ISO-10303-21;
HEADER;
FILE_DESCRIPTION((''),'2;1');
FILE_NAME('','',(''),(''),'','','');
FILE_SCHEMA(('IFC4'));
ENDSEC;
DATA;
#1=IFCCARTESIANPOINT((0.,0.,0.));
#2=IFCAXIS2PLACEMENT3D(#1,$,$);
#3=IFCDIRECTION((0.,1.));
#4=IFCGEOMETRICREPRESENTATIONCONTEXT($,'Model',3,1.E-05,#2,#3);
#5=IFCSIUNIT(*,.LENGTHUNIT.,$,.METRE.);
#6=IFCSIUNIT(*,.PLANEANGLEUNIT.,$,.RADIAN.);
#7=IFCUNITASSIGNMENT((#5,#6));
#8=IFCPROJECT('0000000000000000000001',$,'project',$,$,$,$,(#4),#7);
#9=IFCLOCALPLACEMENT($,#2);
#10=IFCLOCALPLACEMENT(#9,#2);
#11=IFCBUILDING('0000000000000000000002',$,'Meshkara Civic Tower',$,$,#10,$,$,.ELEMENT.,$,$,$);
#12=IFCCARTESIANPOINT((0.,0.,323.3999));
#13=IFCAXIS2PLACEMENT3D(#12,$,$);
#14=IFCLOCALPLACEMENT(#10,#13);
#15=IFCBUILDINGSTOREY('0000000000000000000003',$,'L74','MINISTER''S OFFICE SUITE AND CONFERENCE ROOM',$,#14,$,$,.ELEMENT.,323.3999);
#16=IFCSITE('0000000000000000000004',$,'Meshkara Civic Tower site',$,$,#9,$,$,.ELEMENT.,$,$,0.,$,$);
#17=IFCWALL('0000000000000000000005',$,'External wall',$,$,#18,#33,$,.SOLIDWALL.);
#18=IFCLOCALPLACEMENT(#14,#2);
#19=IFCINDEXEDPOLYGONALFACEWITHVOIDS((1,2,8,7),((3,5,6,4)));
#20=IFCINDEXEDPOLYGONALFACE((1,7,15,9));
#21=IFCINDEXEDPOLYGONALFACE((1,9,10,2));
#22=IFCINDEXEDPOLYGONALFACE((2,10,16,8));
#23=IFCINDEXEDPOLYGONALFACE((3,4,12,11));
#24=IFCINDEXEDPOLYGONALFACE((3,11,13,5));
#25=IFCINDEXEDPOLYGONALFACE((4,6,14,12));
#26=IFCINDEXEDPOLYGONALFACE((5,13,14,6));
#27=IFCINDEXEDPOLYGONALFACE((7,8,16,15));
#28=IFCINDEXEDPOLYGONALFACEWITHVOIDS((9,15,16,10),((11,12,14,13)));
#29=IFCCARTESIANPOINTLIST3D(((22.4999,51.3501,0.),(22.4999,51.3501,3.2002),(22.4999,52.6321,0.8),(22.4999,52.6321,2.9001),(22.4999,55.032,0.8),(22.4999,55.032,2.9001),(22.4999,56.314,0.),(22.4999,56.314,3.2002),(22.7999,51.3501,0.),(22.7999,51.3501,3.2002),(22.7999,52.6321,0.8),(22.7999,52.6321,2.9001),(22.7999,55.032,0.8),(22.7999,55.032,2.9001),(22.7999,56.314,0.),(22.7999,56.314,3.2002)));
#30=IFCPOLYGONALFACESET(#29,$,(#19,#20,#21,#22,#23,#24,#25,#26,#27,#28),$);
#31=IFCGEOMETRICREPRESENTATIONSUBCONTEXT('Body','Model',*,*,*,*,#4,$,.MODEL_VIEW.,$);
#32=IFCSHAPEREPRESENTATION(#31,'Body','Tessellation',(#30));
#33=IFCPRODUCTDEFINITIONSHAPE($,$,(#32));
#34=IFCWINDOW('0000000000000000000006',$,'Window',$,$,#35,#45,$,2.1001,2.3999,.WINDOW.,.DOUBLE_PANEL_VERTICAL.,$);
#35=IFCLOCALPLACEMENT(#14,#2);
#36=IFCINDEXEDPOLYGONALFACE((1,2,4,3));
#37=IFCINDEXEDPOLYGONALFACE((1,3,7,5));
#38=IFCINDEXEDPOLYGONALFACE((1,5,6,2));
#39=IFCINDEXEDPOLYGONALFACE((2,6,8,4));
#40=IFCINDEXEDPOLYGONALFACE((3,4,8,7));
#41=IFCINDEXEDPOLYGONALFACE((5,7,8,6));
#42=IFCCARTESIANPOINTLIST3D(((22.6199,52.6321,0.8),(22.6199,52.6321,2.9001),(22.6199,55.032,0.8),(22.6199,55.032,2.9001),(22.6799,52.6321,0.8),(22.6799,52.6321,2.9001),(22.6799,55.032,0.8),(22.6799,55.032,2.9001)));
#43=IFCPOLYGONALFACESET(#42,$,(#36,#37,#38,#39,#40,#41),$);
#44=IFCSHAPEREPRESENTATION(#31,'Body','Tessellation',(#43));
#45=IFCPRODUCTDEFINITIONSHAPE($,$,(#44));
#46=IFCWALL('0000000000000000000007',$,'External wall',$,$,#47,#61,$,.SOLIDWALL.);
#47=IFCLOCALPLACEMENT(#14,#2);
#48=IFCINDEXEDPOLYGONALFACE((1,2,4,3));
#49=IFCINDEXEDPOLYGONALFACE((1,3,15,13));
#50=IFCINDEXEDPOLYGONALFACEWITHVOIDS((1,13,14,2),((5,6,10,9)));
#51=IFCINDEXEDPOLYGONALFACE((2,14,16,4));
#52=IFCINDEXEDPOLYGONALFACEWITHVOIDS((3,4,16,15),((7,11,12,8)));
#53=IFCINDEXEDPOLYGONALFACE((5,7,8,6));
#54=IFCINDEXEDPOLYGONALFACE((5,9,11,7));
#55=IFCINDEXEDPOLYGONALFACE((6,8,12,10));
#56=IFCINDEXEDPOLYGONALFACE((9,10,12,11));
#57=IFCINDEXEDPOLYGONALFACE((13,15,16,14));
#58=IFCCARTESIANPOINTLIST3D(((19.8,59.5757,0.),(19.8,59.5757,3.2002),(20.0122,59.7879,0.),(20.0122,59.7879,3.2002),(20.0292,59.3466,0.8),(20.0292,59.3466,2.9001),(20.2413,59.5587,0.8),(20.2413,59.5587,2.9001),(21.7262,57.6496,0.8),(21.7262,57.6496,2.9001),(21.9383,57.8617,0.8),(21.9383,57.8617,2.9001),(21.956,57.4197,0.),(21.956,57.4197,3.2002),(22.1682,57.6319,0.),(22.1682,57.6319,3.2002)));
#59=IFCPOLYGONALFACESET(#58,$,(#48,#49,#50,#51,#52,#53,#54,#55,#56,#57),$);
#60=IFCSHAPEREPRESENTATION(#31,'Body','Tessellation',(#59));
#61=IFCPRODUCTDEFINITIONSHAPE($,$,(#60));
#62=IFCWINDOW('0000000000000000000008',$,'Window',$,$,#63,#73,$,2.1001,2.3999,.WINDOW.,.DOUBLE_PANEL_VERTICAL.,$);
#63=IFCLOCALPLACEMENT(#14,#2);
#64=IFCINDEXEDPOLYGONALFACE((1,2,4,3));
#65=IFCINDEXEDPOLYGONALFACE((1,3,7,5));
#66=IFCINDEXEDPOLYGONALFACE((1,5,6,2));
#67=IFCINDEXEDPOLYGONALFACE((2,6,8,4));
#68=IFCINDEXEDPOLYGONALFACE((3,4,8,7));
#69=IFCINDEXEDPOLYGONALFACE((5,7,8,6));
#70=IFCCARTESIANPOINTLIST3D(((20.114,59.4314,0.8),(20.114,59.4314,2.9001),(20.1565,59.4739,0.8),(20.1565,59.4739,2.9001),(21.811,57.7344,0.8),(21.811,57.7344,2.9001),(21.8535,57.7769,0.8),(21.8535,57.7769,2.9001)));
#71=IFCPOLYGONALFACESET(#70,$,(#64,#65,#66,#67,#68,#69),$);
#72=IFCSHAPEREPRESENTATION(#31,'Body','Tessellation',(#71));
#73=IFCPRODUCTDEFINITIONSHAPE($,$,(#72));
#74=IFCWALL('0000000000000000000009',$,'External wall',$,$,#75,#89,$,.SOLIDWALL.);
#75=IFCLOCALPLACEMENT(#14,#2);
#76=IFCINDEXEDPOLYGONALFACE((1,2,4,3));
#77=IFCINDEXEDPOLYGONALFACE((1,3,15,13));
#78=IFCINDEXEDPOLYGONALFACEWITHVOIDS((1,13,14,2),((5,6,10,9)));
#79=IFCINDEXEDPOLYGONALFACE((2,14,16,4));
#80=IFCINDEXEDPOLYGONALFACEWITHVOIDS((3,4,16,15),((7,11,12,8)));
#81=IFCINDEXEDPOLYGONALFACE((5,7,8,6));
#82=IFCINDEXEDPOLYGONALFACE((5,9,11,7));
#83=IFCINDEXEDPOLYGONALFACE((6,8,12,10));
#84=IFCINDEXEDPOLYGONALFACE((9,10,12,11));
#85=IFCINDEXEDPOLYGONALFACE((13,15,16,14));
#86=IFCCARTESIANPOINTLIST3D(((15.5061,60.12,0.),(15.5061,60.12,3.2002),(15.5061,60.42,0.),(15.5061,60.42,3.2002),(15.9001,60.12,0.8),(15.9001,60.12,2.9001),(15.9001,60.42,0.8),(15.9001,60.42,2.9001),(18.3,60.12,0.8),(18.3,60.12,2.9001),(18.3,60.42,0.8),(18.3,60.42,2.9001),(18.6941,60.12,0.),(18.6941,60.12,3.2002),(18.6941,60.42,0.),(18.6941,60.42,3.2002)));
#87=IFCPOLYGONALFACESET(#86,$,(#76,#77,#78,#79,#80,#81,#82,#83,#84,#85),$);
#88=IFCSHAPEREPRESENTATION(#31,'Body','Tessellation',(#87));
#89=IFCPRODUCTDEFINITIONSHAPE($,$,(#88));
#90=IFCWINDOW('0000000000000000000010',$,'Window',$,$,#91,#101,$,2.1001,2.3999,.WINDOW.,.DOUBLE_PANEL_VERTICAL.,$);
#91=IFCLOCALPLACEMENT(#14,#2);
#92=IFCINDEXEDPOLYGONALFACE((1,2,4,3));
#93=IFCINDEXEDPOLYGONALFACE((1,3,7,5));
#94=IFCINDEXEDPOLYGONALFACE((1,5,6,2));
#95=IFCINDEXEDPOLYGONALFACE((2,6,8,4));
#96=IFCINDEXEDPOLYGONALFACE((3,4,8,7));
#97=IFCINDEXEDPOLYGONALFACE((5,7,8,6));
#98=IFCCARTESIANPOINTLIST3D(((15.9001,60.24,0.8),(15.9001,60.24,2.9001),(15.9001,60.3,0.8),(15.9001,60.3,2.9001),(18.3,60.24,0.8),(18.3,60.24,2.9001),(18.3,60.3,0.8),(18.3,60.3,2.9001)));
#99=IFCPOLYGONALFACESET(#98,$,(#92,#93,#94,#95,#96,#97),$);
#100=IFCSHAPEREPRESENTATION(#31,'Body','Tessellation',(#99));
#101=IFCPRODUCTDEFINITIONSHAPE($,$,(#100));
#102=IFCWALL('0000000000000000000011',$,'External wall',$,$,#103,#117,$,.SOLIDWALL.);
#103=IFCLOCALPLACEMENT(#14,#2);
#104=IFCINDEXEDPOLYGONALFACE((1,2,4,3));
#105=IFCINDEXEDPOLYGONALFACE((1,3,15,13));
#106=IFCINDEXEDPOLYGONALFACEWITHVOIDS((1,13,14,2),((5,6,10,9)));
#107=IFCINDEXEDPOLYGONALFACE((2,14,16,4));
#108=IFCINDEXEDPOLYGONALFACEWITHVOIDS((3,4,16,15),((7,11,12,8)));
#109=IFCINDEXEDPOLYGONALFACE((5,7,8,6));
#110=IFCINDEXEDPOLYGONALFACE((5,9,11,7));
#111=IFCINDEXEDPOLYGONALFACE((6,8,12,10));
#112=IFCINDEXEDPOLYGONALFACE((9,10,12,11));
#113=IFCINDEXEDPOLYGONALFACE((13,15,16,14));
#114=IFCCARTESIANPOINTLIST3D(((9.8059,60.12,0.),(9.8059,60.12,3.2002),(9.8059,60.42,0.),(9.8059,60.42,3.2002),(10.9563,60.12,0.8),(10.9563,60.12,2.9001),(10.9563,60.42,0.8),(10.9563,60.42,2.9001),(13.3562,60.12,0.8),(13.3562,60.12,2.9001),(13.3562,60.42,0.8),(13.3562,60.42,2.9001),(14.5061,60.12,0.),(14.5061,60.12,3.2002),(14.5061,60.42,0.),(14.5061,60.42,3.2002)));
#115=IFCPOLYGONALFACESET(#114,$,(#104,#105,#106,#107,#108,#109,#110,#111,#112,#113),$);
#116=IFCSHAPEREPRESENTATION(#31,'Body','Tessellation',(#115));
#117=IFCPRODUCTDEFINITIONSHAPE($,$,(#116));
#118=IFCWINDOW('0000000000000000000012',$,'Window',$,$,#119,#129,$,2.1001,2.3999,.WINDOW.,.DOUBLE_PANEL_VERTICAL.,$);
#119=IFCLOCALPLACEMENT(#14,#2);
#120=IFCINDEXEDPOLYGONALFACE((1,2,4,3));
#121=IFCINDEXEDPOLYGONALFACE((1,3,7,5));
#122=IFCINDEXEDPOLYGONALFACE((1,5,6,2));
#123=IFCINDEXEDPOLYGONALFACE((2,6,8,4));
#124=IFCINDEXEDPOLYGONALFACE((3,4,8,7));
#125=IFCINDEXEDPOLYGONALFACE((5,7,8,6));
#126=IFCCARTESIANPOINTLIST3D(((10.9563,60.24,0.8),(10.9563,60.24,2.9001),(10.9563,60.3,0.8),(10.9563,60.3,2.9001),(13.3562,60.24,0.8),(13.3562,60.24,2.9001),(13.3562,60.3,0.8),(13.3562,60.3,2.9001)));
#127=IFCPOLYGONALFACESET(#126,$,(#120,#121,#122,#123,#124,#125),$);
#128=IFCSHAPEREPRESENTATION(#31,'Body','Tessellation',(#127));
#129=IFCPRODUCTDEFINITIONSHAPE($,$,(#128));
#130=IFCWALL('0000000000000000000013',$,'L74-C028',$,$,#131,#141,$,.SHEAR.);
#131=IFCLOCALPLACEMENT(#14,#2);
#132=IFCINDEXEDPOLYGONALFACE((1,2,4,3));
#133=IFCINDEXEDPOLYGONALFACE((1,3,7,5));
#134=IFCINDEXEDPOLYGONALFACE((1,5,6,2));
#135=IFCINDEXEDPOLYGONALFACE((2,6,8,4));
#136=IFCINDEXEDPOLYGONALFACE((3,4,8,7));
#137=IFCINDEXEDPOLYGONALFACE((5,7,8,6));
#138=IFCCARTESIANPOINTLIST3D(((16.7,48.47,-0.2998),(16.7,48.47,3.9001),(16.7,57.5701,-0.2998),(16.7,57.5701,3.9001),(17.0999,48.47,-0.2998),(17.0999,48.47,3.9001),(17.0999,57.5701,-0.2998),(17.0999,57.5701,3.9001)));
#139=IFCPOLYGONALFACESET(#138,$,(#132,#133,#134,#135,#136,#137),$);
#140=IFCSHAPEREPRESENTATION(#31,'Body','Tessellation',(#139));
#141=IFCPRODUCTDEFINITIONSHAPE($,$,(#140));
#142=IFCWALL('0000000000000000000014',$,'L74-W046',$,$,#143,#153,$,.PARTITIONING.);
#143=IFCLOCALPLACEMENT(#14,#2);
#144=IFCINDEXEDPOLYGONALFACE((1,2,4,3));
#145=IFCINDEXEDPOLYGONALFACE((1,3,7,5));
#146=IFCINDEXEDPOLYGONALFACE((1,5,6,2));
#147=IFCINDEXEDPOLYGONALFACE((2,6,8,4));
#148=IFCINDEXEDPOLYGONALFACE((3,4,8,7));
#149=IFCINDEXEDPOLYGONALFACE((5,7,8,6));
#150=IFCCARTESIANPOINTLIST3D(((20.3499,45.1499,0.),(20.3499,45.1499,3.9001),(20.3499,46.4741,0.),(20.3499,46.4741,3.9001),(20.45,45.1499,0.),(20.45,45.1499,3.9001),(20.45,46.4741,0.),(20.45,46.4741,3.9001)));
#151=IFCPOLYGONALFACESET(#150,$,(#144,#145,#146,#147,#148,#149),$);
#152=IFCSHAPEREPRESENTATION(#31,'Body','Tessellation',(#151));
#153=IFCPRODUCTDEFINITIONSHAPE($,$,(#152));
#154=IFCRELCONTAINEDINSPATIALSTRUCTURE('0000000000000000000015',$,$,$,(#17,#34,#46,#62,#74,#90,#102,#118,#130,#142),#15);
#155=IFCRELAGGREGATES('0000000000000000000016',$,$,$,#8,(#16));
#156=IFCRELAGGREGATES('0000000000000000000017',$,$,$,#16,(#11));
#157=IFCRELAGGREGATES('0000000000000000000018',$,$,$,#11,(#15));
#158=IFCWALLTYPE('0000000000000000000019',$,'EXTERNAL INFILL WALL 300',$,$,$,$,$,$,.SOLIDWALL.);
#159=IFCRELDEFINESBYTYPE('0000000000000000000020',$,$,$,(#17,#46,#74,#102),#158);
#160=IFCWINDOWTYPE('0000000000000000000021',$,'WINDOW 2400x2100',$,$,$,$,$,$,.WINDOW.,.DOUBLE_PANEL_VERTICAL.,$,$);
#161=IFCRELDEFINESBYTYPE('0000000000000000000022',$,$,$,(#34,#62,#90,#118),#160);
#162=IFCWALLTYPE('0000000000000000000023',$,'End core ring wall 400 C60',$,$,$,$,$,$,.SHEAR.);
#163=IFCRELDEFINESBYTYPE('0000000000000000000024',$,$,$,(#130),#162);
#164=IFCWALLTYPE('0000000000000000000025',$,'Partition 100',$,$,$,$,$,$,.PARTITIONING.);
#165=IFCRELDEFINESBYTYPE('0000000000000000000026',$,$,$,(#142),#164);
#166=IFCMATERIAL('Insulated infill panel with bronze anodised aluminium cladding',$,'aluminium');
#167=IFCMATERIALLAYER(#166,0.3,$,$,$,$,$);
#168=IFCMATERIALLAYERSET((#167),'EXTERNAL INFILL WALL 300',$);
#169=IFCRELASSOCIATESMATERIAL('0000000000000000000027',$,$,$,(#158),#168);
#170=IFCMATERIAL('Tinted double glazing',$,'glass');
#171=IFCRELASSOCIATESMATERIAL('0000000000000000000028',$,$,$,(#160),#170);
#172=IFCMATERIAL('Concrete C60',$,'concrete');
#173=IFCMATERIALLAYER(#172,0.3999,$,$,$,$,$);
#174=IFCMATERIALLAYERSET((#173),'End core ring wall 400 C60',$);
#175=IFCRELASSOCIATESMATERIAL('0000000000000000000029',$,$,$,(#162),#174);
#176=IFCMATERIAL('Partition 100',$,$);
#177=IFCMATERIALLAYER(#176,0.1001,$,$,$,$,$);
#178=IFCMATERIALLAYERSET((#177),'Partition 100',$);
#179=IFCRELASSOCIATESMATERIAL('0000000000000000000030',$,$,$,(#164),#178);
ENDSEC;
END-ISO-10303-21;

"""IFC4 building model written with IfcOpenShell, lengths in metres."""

from ifc_helpers import new_model, si_unit, direction, frame, frame_2d, origin, place, context, subcontext, project, spatial, rectangle, extrude, material, layer, layer_set, type_object, element, fill, save


model = new_model("IFC4")

# Units and contexts
model_context = context("Model", 3, precision=1e-05, world=origin(), true_north=direction((0.0, 1.0)))
body_context = subcontext(model_context, "Body", "Model", "MODEL_VIEW")
ifc_project = project(units=[si_unit("LENGTHUNIT", "METRE"), si_unit("PLANEANGLEUNIT", "RADIAN")], contexts=[model_context])

# Site, building, storey
site_placement = place(None, origin())
site = spatial("IfcSite", under=ifc_project, at=site_placement, Name="Meshkara Civic Tower site", CompositionType="ELEMENT", RefElevation=0.0)
building_placement = place(site_placement, origin())
building = spatial("IfcBuilding", under=site, at=building_placement, Name="Meshkara Civic Tower", CompositionType="ELEMENT")
storey_placement = place(building_placement, frame((0.0, 0.0, 323.3999)))
storey = spatial("IfcBuildingStorey", under=building, at=storey_placement, Name="L74", Description="MINISTER'S OFFICE SUITE AND CONFERENCE ROOM", CompositionType="ELEMENT", Elevation=323.3999)

# Walls, openings, windows
ifc_material_1 = material(Name="Insulated infill panel with bronze anodised aluminium cladding", Category="aluminium")
ifc_layer_1 = layer(ifc_material_1, 0.3)
ifc_layer_set_1 = layer_set([ifc_layer_1], Name="EXTERNAL INFILL WALL 300")
wall_type_1 = type_object("IfcWallType", Name="EXTERNAL INFILL WALL 300", PredefinedType="SOLIDWALL", material=ifc_layer_set_1)
wall_1_placement = place(storey_placement, frame((22.6499, 51.3501, 0.0), z_axis=(0.0, 0.0, 1.0), x_axis=(0.0, 1.0, 0.0)))
wall_1 = element("IfcWall", 1, at=wall_1_placement, inside=storey, type_object=wall_type_1, Name="External wall", PredefinedType="SOLIDWALL", context=body_context, shape_type="SweptSolid", body=[
    extrude(rectangle(XDim=4.9639, YDim=0.3, at=frame_2d((2.4819, 0.0))), origin(), (0.0, 0.0, 1.0), 3.2002),
])
opening_1_placement = place(wall_1_placement, frame((1.282, 0.0, 0.8)))
opening_1 = element("IfcOpeningElement", 2, at=opening_1_placement, cuts=wall_1, PredefinedType="OPENING", context=body_context, shape_type="SweptSolid", body=[
    extrude(rectangle(XDim=2.3999, YDim=2.1001, at=frame_2d((1.2, 1.05))), frame((0.0, 0.1599, 0.0), z_axis=(0.0, -1.0, 0.0), x_axis=(1.0, 0.0, 0.0)), (0.0, 0.0, 1.0), 0.3201),
])
ifc_material_2 = material(Name="Tinted double glazing", Category="glass")
window_type = type_object("IfcWindowType", Name="WINDOW 2400x2100", PartitioningType="DOUBLE_PANEL_VERTICAL", PredefinedType="WINDOW", material=ifc_material_2)
window_1_placement = place(opening_1_placement, origin())
window_1 = element("IfcWindow", 3, at=window_1_placement, inside=storey, type_object=window_type, Name="Window", OverallHeight=2.1001, OverallWidth=2.3999, PartitioningType="DOUBLE_PANEL_VERTICAL", PredefinedType="WINDOW", context=body_context, shape_type="SweptSolid", body=[
    extrude(rectangle(XDim=2.3999, YDim=2.1001, at=frame_2d((1.2, 1.05))), frame((0.0, 0.03, 0.0), z_axis=(0.0, -1.0, 0.0), x_axis=(1.0, 0.0, 0.0)), (0.0, 0.0, 1.0), 0.0601),
])
fill(opening_1, window_1)
wall_2_placement = place(storey_placement, frame((22.062, 57.5259, 0.0), z_axis=(0.0, 0.0, 1.0), x_axis=(-0.707107, 0.707107, 0.0)))
wall_2 = element("IfcWall", 4, at=wall_2_placement, inside=storey, type_object=wall_type_1, Name="External wall", PredefinedType="SOLIDWALL", context=body_context, shape_type="SweptSolid", body=[
    extrude(rectangle(XDim=3.0491, YDim=0.3, at=frame_2d((1.5244, 0.0))), origin(), (0.0, 0.0, 1.0), 3.2002),
])
opening_2_placement = place(wall_2_placement, frame((0.325, 0.0, 0.8)))
opening_2 = element("IfcOpeningElement", 5, at=opening_2_placement, cuts=wall_2, PredefinedType="OPENING", context=body_context, shape_type="SweptSolid", body=[
    extrude(rectangle(XDim=2.3999, YDim=2.1001, at=frame_2d((1.2, 1.05))), frame((0.0, 0.1599, 0.0), z_axis=(0.0, -1.0, 0.0), x_axis=(1.0, 0.0, 0.0)), (0.0, 0.0, 1.0), 0.3201),
])
window_2_placement = place(opening_2_placement, origin())
window_2 = element("IfcWindow", 6, at=window_2_placement, inside=storey, type_object=window_type, Name="Window", OverallHeight=2.1001, OverallWidth=2.3999, PartitioningType="DOUBLE_PANEL_VERTICAL", PredefinedType="WINDOW", context=body_context, shape_type="SweptSolid", body=[
    extrude(rectangle(XDim=2.3999, YDim=2.1001, at=frame_2d((1.2, 1.05))), frame((0.0, 0.03, 0.0), z_axis=(0.0, -1.0, 0.0), x_axis=(1.0, 0.0, 0.0)), (0.0, 0.0, 1.0), 0.0601),
])
fill(opening_2, window_2)
wall_3_placement = place(storey_placement, frame((18.6941, 60.27, 0.0), z_axis=(0.0, 0.0, 1.0), x_axis=(-1.0, 0.0, 0.0)))
wall_3 = element("IfcWall", 7, at=wall_3_placement, inside=storey, type_object=wall_type_1, Name="External wall", PredefinedType="SOLIDWALL", context=body_context, shape_type="SweptSolid", body=[
    extrude(rectangle(XDim=3.188, YDim=0.3, at=frame_2d((1.594, 0.0))), origin(), (0.0, 0.0, 1.0), 3.2002),
])
opening_3_placement = place(wall_3_placement, frame((0.394, 0.0, 0.8)))
opening_3 = element("IfcOpeningElement", 8, at=opening_3_placement, cuts=wall_3, PredefinedType="OPENING", context=body_context, shape_type="SweptSolid", body=[
    extrude(rectangle(XDim=2.3999, YDim=2.1001, at=frame_2d((1.2, 1.05))), frame((0.0, 0.1599, 0.0), z_axis=(0.0, -1.0, 0.0), x_axis=(1.0, 0.0, 0.0)), (0.0, 0.0, 1.0), 0.3201),
])
window_3_placement = place(opening_3_placement, origin())
window_3 = element("IfcWindow", 9, at=window_3_placement, inside=storey, type_object=window_type, Name="Window", OverallHeight=2.1001, OverallWidth=2.3999, PartitioningType="DOUBLE_PANEL_VERTICAL", PredefinedType="WINDOW", context=body_context, shape_type="SweptSolid", body=[
    extrude(rectangle(XDim=2.3999, YDim=2.1001, at=frame_2d((1.2, 1.05))), frame((0.0, 0.03, 0.0), z_axis=(0.0, -1.0, 0.0), x_axis=(1.0, 0.0, 0.0)), (0.0, 0.0, 1.0), 0.0601),
])
fill(opening_3, window_3)
wall_4_placement = place(storey_placement, frame((14.5061, 60.27, 0.0), z_axis=(0.0, 0.0, 1.0), x_axis=(-1.0, 0.0, 0.0)))
wall_4 = element("IfcWall", 10, at=wall_4_placement, inside=storey, type_object=wall_type_1, Name="External wall", PredefinedType="SOLIDWALL", context=body_context, shape_type="SweptSolid", body=[
    extrude(rectangle(XDim=4.7002, YDim=0.3, at=frame_2d((2.3501, 0.0))), origin(), (0.0, 0.0, 1.0), 3.2002),
])
opening_4_placement = place(wall_4_placement, frame((1.1499, 0.0, 0.8)))
opening_4 = element("IfcOpeningElement", 11, at=opening_4_placement, cuts=wall_4, PredefinedType="OPENING", context=body_context, shape_type="SweptSolid", body=[
    extrude(rectangle(XDim=2.3999, YDim=2.1001, at=frame_2d((1.2, 1.05))), frame((0.0, 0.1599, 0.0), z_axis=(0.0, -1.0, 0.0), x_axis=(1.0, 0.0, 0.0)), (0.0, 0.0, 1.0), 0.3201),
])
window_4_placement = place(opening_4_placement, origin())
window_4 = element("IfcWindow", 12, at=window_4_placement, inside=storey, type_object=window_type, Name="Window", OverallHeight=2.1001, OverallWidth=2.3999, PartitioningType="DOUBLE_PANEL_VERTICAL", PredefinedType="WINDOW", context=body_context, shape_type="SweptSolid", body=[
    extrude(rectangle(XDim=2.3999, YDim=2.1001, at=frame_2d((1.2, 1.05))), frame((0.0, 0.03, 0.0), z_axis=(0.0, -1.0, 0.0), x_axis=(1.0, 0.0, 0.0)), (0.0, 0.0, 1.0), 0.0601),
])
fill(opening_4, window_4)

# Walls
ifc_material_3 = material(Name="Concrete C60", Category="concrete")
ifc_layer_2 = layer(ifc_material_3, 0.3999)
ifc_layer_set_2 = layer_set([ifc_layer_2], Name="End core ring wall 400 C60")
wall_type_2 = type_object("IfcWallType", Name="End core ring wall 400 C60", PredefinedType="SHEAR", material=ifc_layer_set_2)
wall_5_placement = place(storey_placement, frame((16.8999, 48.47, -0.2998), z_axis=(0.0, 0.0, 1.0), x_axis=(0.0, 1.0, 0.0)))
element("IfcWall", 13, at=wall_5_placement, inside=storey, type_object=wall_type_2, Name="L74-C028", PredefinedType="SHEAR", context=body_context, shape_type="SweptSolid", body=[
    extrude(rectangle(XDim=9.1001, YDim=0.3999, at=frame_2d((4.55, 0.0))), origin(), (0.0, 0.0, 1.0), 4.2),
])
ifc_material_4 = material(Name="Partition 100")
ifc_layer_3 = layer(ifc_material_4, 0.1001)
ifc_layer_set_3 = layer_set([ifc_layer_3], Name="Partition 100")
wall_type_3 = type_object("IfcWallType", Name="Partition 100", PredefinedType="PARTITIONING", material=ifc_layer_set_3)
wall_6_placement = place(storey_placement, frame((20.3999, 46.4741, 0.0), z_axis=(0.0, 0.0, 1.0), x_axis=(0.0, -1.0, 0.0)))
element("IfcWall", 14, at=wall_6_placement, inside=storey, type_object=wall_type_3, Name="L74-W046", PredefinedType="PARTITIONING", context=body_context, shape_type="SweptSolid", body=[
    extrude(rectangle(XDim=1.3242, YDim=0.1001, at=frame_2d((0.6621, 0.0))), origin(), (0.0, 0.0, 1.0), 3.9001),
])

save(model, "model.ifc")
